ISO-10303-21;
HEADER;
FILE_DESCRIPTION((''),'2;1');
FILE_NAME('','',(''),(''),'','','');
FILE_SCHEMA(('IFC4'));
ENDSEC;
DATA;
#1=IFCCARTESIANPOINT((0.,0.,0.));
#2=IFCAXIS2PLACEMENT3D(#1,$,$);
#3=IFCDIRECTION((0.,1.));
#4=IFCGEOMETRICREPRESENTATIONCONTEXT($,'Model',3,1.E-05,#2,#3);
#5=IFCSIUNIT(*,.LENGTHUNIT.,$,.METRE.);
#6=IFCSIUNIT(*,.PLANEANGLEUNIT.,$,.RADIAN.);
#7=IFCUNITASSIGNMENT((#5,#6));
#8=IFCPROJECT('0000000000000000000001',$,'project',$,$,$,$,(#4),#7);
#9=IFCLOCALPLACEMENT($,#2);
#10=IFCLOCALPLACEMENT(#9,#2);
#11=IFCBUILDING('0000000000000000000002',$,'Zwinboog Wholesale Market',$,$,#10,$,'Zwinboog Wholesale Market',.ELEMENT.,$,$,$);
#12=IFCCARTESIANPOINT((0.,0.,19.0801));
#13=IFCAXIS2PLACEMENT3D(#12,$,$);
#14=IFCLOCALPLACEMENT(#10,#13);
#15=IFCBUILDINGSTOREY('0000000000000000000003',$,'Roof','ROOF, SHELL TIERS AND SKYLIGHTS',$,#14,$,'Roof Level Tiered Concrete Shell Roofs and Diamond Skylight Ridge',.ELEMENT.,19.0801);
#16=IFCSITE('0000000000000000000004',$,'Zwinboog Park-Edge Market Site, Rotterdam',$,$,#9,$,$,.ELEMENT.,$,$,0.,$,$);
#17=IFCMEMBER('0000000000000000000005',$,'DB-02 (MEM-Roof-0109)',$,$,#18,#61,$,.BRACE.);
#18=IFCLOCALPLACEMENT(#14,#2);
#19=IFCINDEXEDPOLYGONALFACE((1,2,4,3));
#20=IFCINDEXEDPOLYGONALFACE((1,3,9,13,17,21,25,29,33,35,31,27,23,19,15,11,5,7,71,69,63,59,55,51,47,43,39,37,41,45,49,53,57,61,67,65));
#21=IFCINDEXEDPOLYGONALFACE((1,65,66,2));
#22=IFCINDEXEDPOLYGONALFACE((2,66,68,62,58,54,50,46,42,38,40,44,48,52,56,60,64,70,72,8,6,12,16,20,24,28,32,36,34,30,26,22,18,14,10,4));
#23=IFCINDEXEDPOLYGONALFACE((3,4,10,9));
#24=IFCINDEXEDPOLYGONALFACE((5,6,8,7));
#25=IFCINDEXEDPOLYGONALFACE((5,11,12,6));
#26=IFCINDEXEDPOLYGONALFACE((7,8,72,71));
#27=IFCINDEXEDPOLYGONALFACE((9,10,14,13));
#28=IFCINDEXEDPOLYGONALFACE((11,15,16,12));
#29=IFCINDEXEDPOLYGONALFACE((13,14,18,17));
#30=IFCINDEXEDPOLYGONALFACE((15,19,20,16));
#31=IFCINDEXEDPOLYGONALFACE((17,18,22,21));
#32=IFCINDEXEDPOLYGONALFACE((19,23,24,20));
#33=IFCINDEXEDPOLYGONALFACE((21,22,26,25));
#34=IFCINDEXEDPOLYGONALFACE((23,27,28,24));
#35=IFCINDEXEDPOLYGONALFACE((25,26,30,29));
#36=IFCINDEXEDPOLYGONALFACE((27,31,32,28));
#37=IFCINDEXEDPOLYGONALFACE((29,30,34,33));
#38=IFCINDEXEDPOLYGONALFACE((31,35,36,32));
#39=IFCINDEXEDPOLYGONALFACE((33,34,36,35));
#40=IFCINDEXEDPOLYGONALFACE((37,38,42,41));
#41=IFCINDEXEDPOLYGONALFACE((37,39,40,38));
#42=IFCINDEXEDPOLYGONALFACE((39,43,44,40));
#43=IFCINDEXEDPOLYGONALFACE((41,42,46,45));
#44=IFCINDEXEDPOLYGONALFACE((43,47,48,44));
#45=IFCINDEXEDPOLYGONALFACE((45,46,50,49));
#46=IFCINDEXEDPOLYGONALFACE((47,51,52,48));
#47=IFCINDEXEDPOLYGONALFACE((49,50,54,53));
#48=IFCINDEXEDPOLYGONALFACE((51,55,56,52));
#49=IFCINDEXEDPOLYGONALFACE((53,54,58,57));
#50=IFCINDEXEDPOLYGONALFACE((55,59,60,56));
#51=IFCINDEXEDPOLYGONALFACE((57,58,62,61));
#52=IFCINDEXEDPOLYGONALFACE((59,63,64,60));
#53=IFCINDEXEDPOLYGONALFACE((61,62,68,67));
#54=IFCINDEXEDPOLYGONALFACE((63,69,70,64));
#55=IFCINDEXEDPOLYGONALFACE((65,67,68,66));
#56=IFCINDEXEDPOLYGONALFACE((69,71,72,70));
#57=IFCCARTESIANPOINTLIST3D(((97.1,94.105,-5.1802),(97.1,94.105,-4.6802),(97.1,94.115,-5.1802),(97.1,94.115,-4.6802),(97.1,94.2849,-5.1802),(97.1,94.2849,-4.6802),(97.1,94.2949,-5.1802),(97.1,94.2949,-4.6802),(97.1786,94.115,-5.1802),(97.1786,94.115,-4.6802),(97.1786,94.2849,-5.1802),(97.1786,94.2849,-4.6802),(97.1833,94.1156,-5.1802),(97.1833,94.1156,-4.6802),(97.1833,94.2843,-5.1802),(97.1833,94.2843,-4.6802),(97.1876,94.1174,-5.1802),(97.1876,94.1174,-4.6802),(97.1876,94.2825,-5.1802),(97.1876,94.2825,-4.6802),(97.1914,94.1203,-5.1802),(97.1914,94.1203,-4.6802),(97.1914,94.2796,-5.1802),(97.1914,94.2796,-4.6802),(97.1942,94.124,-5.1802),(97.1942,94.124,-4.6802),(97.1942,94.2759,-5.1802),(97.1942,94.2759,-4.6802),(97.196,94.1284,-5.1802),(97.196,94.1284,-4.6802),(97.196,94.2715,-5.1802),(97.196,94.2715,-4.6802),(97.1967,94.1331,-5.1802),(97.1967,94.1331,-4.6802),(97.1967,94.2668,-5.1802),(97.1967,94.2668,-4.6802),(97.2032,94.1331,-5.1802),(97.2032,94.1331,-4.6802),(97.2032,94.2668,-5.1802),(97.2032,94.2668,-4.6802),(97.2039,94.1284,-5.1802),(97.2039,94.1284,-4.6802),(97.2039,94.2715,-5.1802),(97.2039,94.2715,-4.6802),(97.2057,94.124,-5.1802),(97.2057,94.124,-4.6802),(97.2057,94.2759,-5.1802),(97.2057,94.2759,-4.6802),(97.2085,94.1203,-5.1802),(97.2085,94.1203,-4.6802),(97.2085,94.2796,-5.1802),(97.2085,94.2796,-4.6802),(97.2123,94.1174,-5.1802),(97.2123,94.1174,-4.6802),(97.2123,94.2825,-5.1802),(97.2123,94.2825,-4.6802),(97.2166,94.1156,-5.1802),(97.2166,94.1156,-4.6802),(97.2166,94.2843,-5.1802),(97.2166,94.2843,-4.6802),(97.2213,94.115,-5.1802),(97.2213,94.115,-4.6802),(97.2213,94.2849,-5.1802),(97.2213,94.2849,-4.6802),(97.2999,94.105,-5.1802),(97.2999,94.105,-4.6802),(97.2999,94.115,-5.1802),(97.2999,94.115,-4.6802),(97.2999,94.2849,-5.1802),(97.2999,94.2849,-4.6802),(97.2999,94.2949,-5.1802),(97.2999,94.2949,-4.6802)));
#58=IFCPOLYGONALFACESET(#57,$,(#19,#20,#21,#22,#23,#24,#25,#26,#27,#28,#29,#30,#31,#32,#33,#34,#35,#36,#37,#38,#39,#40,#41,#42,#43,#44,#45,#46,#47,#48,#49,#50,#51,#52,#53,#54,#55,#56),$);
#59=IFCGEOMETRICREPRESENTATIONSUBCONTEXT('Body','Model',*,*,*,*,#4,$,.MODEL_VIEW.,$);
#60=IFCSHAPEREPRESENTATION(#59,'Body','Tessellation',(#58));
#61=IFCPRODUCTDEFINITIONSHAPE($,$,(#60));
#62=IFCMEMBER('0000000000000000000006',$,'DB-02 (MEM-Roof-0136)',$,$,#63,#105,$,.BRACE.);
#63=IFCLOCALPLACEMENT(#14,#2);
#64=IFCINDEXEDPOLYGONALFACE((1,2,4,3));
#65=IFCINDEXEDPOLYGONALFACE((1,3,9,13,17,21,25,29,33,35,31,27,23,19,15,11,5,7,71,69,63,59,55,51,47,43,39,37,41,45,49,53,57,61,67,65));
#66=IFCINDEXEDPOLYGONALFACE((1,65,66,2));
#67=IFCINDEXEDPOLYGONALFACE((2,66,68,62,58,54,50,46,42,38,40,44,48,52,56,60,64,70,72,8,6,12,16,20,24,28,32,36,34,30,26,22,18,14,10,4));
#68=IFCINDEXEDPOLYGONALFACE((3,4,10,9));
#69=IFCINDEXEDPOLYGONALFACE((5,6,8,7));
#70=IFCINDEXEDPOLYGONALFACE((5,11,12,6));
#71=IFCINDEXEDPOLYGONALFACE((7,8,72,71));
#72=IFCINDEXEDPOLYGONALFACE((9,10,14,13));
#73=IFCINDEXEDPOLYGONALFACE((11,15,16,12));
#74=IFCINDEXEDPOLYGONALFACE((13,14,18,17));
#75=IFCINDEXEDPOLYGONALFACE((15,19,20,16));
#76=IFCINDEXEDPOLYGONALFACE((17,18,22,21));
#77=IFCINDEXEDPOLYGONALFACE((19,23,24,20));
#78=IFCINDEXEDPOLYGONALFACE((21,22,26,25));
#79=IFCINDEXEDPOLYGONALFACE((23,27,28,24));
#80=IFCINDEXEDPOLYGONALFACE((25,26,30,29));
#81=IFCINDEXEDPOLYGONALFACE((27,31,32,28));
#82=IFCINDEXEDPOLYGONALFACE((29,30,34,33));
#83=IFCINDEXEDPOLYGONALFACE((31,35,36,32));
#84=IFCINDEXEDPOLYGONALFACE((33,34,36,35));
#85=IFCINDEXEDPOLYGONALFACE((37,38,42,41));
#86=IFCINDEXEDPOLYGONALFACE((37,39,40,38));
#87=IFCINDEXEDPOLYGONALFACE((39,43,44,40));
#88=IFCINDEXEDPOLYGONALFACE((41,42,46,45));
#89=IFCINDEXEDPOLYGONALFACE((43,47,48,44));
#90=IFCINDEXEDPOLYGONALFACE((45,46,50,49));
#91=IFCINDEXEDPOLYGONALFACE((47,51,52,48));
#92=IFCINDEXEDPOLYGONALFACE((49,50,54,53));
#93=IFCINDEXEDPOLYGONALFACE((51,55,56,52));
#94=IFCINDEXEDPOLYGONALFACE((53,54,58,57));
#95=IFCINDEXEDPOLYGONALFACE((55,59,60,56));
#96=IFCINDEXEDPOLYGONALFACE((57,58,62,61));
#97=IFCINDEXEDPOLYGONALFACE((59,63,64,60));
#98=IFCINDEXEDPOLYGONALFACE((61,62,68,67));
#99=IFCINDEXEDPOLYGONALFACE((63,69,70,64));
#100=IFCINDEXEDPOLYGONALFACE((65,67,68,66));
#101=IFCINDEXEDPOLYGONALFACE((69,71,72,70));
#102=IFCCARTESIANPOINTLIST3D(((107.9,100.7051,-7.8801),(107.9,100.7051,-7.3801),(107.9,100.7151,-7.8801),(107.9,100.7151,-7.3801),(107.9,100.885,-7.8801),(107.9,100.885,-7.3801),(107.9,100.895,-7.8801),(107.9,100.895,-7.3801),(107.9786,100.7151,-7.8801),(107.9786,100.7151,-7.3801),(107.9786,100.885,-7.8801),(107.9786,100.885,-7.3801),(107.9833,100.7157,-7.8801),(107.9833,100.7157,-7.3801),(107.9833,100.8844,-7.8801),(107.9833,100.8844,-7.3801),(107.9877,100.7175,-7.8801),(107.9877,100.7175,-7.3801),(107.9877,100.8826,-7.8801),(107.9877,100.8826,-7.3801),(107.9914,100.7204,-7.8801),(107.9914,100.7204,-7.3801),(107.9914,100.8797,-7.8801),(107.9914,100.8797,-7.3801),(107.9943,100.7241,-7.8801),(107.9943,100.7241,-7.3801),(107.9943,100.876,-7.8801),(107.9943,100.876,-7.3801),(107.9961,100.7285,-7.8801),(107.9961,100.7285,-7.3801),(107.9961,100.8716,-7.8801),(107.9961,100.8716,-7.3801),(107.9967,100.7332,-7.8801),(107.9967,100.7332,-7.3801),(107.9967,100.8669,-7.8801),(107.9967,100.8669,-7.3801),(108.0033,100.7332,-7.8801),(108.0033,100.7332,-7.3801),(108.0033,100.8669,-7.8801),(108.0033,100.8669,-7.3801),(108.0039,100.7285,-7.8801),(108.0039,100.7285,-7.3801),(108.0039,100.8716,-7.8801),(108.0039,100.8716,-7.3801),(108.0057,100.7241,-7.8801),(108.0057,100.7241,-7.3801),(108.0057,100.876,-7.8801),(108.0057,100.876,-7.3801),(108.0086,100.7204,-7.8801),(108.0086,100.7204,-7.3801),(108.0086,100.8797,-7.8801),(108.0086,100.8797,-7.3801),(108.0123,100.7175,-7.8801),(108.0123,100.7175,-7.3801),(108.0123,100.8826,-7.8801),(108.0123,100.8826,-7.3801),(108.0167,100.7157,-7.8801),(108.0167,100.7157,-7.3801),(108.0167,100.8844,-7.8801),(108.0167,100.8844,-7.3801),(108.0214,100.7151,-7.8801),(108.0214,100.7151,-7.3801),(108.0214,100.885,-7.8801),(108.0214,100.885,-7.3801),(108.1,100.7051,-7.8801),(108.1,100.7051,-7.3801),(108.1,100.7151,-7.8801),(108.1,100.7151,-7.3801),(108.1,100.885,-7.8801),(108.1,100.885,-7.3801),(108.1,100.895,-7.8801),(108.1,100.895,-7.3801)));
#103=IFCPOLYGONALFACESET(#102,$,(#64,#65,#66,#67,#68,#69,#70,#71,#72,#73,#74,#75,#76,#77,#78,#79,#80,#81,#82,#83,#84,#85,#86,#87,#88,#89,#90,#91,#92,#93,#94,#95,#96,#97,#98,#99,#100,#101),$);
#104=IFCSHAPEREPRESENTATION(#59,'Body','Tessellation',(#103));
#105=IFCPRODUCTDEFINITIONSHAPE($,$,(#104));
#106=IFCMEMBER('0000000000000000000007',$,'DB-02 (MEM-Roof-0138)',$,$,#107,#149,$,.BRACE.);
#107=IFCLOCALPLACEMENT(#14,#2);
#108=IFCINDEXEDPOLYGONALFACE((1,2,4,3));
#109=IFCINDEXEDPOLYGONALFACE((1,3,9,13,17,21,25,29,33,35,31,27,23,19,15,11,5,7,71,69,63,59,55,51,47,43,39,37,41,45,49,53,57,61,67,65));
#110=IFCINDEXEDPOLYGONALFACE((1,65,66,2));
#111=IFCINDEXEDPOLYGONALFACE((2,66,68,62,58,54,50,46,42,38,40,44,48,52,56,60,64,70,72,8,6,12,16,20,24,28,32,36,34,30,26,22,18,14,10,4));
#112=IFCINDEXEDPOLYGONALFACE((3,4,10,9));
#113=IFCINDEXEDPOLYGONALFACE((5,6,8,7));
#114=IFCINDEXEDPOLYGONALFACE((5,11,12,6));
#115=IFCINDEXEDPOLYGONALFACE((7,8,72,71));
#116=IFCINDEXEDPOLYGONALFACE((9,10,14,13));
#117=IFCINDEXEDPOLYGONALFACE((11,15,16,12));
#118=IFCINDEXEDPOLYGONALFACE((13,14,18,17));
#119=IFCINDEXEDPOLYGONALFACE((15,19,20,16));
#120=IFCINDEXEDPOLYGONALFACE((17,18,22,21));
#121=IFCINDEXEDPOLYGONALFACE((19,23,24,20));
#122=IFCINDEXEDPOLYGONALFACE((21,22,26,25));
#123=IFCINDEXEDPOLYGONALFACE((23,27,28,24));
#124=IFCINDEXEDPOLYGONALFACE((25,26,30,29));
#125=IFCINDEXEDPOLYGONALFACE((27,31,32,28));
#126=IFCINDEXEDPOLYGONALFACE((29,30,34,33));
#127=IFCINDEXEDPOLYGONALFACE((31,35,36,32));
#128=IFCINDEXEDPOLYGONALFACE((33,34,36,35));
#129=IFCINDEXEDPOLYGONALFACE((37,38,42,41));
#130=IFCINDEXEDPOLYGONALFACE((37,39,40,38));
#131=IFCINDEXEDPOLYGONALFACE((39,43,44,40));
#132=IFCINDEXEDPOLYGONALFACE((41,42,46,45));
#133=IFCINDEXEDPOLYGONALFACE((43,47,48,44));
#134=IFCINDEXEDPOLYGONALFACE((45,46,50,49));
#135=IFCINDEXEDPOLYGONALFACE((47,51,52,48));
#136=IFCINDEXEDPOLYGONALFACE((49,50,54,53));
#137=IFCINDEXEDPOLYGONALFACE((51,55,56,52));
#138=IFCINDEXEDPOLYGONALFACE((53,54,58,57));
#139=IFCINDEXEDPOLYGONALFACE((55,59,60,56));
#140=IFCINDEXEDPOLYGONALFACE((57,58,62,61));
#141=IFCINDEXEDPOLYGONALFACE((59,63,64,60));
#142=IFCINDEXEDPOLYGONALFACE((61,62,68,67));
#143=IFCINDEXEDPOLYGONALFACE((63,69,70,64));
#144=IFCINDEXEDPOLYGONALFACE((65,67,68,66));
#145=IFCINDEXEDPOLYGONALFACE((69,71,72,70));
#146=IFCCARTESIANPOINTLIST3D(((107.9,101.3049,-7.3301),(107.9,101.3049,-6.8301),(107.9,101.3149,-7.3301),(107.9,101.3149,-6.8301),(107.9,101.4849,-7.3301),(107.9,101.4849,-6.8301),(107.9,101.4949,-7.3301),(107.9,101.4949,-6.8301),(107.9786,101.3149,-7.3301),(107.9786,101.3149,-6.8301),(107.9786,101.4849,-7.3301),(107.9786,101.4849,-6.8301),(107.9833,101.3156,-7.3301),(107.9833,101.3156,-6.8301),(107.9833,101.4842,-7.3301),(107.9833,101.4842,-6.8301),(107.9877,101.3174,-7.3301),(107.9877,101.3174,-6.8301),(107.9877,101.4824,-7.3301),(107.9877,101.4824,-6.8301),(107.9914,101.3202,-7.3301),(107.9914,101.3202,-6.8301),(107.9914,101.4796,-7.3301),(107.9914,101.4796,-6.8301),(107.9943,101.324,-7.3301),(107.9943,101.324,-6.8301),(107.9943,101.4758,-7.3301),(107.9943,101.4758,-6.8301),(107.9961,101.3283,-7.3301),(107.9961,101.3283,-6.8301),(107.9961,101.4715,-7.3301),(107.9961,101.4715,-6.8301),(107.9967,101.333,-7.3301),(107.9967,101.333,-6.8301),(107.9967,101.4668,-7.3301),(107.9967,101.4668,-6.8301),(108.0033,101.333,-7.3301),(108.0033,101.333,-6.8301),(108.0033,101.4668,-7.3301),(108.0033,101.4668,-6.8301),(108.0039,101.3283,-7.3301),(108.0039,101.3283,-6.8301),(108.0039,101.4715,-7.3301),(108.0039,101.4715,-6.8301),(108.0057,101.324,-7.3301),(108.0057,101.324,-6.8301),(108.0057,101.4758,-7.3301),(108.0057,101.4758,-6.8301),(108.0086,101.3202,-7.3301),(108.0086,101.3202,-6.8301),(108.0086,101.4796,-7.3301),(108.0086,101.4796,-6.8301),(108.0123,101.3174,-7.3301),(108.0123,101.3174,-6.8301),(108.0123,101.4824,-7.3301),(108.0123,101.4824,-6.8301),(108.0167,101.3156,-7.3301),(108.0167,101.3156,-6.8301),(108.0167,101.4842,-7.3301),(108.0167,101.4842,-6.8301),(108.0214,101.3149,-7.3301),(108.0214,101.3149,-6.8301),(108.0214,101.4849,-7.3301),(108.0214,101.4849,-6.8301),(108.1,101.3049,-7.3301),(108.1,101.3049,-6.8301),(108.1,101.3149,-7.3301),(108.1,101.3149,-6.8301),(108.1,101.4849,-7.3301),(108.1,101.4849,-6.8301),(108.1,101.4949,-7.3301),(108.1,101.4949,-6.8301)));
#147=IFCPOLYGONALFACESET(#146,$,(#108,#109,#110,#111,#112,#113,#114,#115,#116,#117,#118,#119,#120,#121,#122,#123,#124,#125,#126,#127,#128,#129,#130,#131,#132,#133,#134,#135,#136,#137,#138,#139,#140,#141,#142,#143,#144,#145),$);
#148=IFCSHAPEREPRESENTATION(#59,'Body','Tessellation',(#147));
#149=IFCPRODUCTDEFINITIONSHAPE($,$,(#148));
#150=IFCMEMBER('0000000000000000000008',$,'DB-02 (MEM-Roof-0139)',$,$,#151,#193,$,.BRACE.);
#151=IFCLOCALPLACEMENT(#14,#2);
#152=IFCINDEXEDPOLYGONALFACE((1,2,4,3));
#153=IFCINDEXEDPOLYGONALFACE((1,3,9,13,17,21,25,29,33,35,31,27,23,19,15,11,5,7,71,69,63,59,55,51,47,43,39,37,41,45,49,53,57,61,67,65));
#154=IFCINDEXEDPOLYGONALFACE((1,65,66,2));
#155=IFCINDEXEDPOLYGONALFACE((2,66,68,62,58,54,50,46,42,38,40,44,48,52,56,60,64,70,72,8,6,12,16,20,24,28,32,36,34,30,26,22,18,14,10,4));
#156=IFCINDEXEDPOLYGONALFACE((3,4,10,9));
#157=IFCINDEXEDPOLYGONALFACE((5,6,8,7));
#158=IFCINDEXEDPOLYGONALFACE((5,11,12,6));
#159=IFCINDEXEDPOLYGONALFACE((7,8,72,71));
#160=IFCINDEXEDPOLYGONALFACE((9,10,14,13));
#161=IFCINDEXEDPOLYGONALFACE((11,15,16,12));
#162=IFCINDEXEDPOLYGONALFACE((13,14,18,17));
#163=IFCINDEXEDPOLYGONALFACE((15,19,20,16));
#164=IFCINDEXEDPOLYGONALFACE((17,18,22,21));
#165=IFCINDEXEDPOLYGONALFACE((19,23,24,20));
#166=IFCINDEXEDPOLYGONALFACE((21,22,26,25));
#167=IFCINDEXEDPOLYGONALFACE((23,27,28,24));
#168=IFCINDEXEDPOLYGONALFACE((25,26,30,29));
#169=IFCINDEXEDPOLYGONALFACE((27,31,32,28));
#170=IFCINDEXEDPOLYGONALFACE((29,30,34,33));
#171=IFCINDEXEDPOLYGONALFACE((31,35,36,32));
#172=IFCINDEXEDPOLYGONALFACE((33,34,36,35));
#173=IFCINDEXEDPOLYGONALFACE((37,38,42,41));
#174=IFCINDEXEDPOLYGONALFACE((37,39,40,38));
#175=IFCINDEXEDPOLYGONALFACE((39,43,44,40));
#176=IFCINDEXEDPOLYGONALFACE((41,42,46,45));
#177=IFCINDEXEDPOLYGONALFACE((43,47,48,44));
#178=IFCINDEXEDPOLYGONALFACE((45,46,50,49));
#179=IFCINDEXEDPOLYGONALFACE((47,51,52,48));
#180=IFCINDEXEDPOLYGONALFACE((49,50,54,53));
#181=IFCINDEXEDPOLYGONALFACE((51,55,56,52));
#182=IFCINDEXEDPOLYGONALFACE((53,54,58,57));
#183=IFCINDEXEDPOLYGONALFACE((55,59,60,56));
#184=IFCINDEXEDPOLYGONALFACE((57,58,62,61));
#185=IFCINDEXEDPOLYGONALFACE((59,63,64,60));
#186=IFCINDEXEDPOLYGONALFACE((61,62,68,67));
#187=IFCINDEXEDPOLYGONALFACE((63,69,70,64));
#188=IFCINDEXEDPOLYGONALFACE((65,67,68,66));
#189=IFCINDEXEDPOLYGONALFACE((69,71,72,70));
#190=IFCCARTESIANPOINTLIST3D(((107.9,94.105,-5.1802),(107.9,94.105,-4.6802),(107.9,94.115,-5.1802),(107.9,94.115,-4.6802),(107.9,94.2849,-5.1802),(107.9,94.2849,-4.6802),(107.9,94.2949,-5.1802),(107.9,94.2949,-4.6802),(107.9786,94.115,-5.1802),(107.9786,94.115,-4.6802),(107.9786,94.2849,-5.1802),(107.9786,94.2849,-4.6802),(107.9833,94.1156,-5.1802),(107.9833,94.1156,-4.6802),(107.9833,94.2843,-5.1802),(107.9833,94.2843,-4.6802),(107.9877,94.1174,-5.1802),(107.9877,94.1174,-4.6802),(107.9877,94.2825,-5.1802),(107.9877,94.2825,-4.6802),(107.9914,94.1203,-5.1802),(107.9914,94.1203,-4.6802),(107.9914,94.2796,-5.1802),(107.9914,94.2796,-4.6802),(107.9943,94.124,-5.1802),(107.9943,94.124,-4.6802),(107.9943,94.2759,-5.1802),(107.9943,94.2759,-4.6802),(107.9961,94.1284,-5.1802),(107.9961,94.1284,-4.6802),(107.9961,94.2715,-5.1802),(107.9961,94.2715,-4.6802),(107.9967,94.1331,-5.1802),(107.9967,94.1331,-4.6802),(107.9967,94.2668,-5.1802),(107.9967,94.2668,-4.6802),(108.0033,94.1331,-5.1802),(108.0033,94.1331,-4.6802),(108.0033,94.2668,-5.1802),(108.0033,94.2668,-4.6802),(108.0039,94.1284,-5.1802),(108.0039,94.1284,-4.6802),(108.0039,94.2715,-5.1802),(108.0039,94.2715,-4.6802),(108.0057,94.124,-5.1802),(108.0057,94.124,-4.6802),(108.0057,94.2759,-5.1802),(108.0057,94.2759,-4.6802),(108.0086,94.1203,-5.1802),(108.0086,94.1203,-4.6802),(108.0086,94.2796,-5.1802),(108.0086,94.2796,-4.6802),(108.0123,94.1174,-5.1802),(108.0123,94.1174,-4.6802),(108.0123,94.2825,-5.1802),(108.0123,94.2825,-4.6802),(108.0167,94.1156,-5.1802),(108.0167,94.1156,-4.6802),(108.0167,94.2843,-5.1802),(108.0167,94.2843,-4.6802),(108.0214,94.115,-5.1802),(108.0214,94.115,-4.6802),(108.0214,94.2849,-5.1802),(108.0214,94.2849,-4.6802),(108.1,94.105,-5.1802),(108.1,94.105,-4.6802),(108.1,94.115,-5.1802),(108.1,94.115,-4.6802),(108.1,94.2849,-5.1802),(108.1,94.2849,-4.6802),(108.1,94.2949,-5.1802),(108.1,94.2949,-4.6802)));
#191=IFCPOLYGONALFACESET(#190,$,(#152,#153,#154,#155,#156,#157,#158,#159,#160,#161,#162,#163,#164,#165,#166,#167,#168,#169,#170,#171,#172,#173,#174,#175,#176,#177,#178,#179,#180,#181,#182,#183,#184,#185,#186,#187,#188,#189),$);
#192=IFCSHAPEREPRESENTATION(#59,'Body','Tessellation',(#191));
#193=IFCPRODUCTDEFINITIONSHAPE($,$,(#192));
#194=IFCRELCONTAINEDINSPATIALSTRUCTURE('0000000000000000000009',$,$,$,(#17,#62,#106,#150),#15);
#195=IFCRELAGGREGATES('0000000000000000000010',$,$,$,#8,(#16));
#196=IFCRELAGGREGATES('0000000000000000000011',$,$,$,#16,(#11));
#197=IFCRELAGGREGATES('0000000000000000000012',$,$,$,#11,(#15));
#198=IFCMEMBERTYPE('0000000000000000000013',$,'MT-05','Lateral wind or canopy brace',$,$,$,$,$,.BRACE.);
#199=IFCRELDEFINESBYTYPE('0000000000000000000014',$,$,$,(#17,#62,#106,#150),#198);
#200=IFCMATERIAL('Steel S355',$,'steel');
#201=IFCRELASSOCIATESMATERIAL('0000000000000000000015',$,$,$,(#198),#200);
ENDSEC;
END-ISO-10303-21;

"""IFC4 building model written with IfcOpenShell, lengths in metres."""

from ifc_helpers import new_model, si_unit, direction, frame, origin, origin_2d, place, context, subcontext, project, spatial, i_section, extrude, material, material_profile, profile_set, type_object, element, save


model = new_model("IFC4")

# Units and contexts
model_context = context("Model", 3, precision=1e-05, world=origin(), true_north=direction((0.0, 1.0)))
body_context = subcontext(model_context, "Body", "Model", "MODEL_VIEW")
ifc_project = project(units=[si_unit("LENGTHUNIT", "METRE"), si_unit("PLANEANGLEUNIT", "RADIAN")], contexts=[model_context])

# Site, building, storey
site_placement = place(None, origin())
site = spatial("IfcSite", under=ifc_project, at=site_placement, Name="Zwinboog Park-Edge Market Site, Rotterdam", CompositionType="ELEMENT", RefElevation=0.0)
building_placement = place(site_placement, origin())
building = spatial("IfcBuilding", under=site, at=building_placement, Name="Zwinboog Wholesale Market", LongName="Zwinboog Wholesale Market", CompositionType="ELEMENT")
storey_placement = place(building_placement, frame((0.0, 0.0, 19.0801)))
storey = spatial("IfcBuildingStorey", under=building, at=storey_placement, Name="Roof", Description="ROOF, SHELL TIERS AND SKYLIGHTS", LongName="Roof Level Tiered Concrete Shell Roofs and Diamond Skylight Ridge", CompositionType="ELEMENT", Elevation=19.0801)

# Members
ifc_material_1 = material(Name="Steel S355", Category="steel")
ifc_material_profile_1 = material_profile(ifc_material_1, i_section(OverallWidth=0.2, OverallDepth=0.1899, WebThickness=0.0066, FlangeThickness=0.01, FilletRadius=0.0181, at=origin_2d()), Name="HEA 200")
ifc_profile_set_1 = profile_set([ifc_material_profile_1], Name="Steel S355")
member_type_1 = type_object("IfcMemberType", Name="MT-05", Description="Lateral wind or canopy brace", PredefinedType="BRACE", material=ifc_profile_set_1)
for number, where, z_axis, x_axis, name in (
    (1, (97.2, 94.2, -5.1802), (0.0, 0.0, 1.0), (1.0, 0.0, 0.0), "DB-02 (MEM-Roof-0109)"),
    (2, (108.0, 100.8, -7.8801), (0.0, 0.0, 1.0), (1.0, 0.0, 0.0), "DB-02 (MEM-Roof-0136)"),
    (3, (108.0, 101.3999, -7.3301), (0.0, 0.0, 1.0), (1.0, 0.0, 0.0), "DB-02 (MEM-Roof-0138)"),
    (4, (108.0, 94.2, -5.1802), (0.0, 0.0, 1.0), (1.0, 0.0, 0.0), "DB-02 (MEM-Roof-0139)"),
):
    element("IfcMember", number, at=place(storey_placement, frame(where, z_axis=z_axis, x_axis=x_axis)), inside=storey, type_object=member_type_1, Name=name, PredefinedType="BRACE", context=body_context, shape_type="SweptSolid", body=[
        extrude(i_section(OverallWidth=0.2, OverallDepth=0.1899, WebThickness=0.0066, FlangeThickness=0.01, FilletRadius=0.0181, at=origin_2d()), origin(), (0.0, 0.0, 1.0), 0.5),
    ])

save(model, "model.ifc")
